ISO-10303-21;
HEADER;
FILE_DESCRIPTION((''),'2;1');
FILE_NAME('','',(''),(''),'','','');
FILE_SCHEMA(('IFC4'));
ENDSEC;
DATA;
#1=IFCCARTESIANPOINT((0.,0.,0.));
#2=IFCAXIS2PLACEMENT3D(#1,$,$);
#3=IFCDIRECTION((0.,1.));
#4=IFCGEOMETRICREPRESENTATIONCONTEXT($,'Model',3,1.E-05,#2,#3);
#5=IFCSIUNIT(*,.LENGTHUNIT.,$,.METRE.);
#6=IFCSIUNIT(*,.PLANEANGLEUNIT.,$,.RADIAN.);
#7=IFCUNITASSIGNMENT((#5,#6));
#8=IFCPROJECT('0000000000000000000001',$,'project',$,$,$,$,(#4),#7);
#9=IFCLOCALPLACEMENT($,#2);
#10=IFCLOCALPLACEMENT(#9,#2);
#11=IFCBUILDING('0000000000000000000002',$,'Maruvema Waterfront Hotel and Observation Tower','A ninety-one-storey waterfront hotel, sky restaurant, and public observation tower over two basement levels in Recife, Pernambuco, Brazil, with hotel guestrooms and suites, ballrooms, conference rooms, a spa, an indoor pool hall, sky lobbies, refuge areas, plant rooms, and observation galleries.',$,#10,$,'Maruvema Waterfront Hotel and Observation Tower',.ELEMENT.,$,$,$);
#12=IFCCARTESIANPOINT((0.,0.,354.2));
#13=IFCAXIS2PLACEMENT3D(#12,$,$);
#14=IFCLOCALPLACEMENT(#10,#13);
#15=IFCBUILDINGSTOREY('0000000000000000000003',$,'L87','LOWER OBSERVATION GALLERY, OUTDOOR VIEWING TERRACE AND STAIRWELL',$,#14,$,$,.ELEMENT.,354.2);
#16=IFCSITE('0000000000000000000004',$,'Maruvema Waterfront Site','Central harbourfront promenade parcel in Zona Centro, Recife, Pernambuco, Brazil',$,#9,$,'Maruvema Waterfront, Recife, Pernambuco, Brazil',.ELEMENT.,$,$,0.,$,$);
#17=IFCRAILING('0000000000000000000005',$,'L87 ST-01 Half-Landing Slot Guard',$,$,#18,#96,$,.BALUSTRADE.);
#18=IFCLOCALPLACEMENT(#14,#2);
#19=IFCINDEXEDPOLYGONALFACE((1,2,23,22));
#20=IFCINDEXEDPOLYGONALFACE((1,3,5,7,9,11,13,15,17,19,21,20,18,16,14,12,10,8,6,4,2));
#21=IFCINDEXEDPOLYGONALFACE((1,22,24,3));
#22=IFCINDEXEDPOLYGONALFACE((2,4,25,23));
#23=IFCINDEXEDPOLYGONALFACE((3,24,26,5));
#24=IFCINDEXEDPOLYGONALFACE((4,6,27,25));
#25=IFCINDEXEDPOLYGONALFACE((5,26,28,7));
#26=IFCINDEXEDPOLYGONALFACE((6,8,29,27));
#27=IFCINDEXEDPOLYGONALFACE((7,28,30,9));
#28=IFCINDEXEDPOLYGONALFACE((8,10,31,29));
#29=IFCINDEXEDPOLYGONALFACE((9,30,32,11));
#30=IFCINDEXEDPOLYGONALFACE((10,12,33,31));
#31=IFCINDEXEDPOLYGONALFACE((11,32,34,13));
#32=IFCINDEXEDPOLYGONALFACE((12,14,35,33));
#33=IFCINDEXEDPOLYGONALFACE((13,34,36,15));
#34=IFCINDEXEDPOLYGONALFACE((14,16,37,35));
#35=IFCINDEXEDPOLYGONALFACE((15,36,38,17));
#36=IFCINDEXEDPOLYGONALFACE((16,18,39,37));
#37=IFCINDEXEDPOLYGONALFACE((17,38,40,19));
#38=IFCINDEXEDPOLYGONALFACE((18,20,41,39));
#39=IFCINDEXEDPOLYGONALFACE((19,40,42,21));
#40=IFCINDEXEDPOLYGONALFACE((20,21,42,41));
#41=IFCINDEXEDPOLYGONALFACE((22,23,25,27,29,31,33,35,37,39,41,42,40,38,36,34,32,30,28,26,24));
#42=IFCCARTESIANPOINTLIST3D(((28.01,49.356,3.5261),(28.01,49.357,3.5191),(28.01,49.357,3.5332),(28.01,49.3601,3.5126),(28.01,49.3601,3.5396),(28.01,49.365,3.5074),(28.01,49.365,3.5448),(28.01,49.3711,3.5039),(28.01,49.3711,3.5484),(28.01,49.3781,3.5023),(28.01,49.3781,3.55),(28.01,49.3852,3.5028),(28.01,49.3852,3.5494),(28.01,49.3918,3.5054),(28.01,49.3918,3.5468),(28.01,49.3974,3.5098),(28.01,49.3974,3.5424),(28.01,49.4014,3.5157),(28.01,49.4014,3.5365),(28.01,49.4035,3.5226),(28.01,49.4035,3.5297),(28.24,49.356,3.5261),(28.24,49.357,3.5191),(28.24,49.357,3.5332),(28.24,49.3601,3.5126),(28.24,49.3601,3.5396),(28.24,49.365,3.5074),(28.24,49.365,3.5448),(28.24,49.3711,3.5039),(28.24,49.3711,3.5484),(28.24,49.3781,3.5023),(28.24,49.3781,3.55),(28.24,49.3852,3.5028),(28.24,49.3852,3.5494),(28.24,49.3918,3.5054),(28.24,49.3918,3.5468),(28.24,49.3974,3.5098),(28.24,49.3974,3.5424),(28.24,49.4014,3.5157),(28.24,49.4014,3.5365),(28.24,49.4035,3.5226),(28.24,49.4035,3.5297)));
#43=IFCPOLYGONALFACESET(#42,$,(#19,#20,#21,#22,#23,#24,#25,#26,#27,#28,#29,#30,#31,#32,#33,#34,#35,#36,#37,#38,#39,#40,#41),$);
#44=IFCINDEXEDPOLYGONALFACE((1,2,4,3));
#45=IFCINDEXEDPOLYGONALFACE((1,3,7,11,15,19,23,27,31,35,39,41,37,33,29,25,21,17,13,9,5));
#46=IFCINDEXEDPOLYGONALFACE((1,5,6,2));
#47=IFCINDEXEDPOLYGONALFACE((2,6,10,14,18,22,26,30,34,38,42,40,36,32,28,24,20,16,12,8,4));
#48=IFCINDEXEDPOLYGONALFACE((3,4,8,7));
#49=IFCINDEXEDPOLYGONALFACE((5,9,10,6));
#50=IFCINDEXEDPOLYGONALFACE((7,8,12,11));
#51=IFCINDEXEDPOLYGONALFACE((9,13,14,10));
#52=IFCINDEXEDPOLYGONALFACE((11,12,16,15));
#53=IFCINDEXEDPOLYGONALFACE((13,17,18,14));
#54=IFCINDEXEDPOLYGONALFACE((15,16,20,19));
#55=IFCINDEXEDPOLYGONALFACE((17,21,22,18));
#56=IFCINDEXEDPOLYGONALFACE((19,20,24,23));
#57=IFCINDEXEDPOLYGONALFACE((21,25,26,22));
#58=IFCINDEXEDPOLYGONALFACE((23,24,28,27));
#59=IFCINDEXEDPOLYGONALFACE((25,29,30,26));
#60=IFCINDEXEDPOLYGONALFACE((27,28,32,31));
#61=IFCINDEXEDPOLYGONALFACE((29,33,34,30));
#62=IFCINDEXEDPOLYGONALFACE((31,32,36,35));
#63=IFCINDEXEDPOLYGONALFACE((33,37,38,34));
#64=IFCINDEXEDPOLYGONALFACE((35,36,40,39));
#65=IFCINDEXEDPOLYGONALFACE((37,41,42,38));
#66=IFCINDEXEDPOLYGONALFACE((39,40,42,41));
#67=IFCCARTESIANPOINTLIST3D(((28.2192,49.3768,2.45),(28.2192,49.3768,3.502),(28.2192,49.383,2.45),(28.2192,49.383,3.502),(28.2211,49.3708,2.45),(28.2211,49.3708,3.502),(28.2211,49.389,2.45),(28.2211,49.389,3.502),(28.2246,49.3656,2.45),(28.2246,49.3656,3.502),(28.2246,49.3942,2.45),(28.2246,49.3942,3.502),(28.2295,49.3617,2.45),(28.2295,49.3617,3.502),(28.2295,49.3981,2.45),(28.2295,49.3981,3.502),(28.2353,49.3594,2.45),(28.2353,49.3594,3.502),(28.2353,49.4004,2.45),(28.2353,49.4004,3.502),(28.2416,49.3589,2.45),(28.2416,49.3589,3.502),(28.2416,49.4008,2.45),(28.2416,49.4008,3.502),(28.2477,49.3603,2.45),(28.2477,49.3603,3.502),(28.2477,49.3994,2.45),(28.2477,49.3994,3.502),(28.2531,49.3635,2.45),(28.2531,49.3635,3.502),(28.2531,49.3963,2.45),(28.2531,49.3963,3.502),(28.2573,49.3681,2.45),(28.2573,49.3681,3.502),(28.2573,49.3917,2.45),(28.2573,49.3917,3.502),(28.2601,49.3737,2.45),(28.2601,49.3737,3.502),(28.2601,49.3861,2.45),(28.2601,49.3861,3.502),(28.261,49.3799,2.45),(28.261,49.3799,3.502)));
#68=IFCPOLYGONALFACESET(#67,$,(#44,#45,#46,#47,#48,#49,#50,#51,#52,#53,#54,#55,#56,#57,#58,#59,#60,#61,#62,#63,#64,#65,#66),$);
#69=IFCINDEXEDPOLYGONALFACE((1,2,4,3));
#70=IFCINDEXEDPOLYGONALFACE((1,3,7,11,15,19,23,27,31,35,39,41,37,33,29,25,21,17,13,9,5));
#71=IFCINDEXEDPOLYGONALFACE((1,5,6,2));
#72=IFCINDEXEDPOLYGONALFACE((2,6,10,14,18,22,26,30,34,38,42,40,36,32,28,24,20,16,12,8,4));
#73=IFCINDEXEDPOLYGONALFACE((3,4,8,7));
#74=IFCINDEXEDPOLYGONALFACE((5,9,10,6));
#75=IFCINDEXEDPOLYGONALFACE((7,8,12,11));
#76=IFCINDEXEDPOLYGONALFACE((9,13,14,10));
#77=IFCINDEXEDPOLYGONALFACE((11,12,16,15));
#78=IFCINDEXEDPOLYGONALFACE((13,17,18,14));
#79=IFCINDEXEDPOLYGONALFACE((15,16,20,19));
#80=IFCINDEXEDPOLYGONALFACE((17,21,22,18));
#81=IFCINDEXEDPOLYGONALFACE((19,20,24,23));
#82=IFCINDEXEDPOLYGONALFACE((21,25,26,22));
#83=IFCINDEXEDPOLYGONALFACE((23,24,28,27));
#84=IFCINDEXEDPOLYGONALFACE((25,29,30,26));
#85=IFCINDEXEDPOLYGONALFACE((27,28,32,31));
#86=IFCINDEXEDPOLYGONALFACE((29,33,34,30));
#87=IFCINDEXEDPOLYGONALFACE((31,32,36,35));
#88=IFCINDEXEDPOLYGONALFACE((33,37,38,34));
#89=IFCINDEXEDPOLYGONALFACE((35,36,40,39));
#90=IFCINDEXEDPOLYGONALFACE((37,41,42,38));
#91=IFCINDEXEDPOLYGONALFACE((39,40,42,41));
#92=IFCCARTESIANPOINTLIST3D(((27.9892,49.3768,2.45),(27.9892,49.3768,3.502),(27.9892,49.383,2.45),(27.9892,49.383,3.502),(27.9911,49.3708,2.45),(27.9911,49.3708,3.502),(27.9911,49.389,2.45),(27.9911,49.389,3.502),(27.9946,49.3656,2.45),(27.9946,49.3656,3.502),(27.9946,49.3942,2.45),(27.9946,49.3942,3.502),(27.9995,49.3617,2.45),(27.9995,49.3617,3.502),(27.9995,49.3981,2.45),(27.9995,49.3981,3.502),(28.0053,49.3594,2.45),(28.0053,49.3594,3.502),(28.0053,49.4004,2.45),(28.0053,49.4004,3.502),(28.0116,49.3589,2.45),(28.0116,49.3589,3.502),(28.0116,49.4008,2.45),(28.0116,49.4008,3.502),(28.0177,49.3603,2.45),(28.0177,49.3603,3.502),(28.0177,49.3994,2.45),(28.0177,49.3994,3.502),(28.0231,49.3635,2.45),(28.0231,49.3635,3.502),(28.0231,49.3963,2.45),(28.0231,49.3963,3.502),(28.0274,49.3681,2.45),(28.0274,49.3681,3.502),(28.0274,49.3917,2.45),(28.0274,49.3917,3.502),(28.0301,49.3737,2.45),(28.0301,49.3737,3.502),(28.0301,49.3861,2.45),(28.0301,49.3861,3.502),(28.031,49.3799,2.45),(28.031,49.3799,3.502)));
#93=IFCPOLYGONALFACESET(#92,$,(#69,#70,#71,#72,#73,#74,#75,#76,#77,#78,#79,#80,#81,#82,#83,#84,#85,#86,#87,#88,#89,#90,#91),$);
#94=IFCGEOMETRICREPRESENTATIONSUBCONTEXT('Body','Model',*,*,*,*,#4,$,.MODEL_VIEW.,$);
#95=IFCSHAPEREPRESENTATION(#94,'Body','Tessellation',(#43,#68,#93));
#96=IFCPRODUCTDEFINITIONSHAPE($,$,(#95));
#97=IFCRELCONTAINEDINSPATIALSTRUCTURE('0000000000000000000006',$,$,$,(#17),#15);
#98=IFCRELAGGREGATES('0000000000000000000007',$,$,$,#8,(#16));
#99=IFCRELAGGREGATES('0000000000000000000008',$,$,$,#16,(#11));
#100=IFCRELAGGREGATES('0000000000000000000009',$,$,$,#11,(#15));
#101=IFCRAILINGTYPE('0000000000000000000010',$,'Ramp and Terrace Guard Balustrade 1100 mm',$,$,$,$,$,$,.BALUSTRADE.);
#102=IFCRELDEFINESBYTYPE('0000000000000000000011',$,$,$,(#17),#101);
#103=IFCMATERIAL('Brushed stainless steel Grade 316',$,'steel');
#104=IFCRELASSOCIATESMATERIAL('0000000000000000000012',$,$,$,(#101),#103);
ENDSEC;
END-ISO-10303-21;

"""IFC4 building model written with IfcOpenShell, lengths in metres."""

from ifc_helpers import new_model, si_unit, direction, frame, origin, origin_2d, place, context, subcontext, project, spatial, circle, extrude, material, type_object, element, save


model = new_model("IFC4")

# Units and contexts
model_context = context("Model", 3, precision=1e-05, world=origin(), true_north=direction((0.0, 1.0)))
body_context = subcontext(model_context, "Body", "Model", "MODEL_VIEW")
ifc_project = project(units=[si_unit("LENGTHUNIT", "METRE"), si_unit("PLANEANGLEUNIT", "RADIAN")], contexts=[model_context])

# Site, building, storey
site_placement = place(None, origin())
site = spatial("IfcSite", under=ifc_project, at=site_placement, Name="Maruvema Waterfront Site", Description="Central harbourfront promenade parcel in Zona Centro, Recife, Pernambuco, Brazil", LongName="Maruvema Waterfront, Recife, Pernambuco, Brazil", CompositionType="ELEMENT", RefElevation=0.0)
building_placement = place(site_placement, origin())
building = spatial("IfcBuilding", under=site, at=building_placement, Name="Maruvema Waterfront Hotel and Observation Tower", Description="A ninety-one-storey waterfront hotel, sky restaurant, and public observation tower over two basement levels in Recife, Pernambuco, Brazil, with hotel guestrooms and suites, ballrooms, conference rooms, a spa, an indoor pool hall, sky lobbies, refuge areas, plant rooms, and observation galleries.", LongName="Maruvema Waterfront Hotel and Observation Tower", CompositionType="ELEMENT")
storey_placement = place(building_placement, frame((0.0, 0.0, 354.2)))
storey = spatial("IfcBuildingStorey", under=building, at=storey_placement, Name="L87", Description="LOWER OBSERVATION GALLERY, OUTDOOR VIEWING TERRACE AND STAIRWELL", CompositionType="ELEMENT", Elevation=354.2)

# Railing
ifc_material_1 = material(Name="Brushed stainless steel Grade 316", Category="steel")
railing_type_1 = type_object("IfcRailingType", Name="Ramp and Terrace Guard Balustrade 1100 mm", PredefinedType="BALUSTRADE", material=ifc_material_1)
railing_1_placement = place(storey_placement, frame((28.24, 49.3799, 2.45)))
element("IfcRailing", 1, at=railing_1_placement, inside=storey, type_object=railing_type_1, Name="L87 ST-01 Half-Landing Slot Guard", PredefinedType="BALUSTRADE", context=body_context, shape_type="SweptSolid", body=[
    extrude(circle(Radius=0.0239, at=origin_2d()), frame((0.0, 0.0, 1.0762), z_axis=(-1.0, 0.0, 0.0), x_axis=(0.0, -1.0, 0.0)), (0.0, 0.0, 1.0), 0.23),
    extrude(circle(Radius=0.021, at=origin_2d()), origin(), (0.0, 0.0, 1.0), 1.052),
    extrude(circle(Radius=0.021, at=origin_2d()), frame((-0.23, 0.0, 0.0)), (0.0, 0.0, 1.0), 1.052),
])

save(model, "model.ifc")
